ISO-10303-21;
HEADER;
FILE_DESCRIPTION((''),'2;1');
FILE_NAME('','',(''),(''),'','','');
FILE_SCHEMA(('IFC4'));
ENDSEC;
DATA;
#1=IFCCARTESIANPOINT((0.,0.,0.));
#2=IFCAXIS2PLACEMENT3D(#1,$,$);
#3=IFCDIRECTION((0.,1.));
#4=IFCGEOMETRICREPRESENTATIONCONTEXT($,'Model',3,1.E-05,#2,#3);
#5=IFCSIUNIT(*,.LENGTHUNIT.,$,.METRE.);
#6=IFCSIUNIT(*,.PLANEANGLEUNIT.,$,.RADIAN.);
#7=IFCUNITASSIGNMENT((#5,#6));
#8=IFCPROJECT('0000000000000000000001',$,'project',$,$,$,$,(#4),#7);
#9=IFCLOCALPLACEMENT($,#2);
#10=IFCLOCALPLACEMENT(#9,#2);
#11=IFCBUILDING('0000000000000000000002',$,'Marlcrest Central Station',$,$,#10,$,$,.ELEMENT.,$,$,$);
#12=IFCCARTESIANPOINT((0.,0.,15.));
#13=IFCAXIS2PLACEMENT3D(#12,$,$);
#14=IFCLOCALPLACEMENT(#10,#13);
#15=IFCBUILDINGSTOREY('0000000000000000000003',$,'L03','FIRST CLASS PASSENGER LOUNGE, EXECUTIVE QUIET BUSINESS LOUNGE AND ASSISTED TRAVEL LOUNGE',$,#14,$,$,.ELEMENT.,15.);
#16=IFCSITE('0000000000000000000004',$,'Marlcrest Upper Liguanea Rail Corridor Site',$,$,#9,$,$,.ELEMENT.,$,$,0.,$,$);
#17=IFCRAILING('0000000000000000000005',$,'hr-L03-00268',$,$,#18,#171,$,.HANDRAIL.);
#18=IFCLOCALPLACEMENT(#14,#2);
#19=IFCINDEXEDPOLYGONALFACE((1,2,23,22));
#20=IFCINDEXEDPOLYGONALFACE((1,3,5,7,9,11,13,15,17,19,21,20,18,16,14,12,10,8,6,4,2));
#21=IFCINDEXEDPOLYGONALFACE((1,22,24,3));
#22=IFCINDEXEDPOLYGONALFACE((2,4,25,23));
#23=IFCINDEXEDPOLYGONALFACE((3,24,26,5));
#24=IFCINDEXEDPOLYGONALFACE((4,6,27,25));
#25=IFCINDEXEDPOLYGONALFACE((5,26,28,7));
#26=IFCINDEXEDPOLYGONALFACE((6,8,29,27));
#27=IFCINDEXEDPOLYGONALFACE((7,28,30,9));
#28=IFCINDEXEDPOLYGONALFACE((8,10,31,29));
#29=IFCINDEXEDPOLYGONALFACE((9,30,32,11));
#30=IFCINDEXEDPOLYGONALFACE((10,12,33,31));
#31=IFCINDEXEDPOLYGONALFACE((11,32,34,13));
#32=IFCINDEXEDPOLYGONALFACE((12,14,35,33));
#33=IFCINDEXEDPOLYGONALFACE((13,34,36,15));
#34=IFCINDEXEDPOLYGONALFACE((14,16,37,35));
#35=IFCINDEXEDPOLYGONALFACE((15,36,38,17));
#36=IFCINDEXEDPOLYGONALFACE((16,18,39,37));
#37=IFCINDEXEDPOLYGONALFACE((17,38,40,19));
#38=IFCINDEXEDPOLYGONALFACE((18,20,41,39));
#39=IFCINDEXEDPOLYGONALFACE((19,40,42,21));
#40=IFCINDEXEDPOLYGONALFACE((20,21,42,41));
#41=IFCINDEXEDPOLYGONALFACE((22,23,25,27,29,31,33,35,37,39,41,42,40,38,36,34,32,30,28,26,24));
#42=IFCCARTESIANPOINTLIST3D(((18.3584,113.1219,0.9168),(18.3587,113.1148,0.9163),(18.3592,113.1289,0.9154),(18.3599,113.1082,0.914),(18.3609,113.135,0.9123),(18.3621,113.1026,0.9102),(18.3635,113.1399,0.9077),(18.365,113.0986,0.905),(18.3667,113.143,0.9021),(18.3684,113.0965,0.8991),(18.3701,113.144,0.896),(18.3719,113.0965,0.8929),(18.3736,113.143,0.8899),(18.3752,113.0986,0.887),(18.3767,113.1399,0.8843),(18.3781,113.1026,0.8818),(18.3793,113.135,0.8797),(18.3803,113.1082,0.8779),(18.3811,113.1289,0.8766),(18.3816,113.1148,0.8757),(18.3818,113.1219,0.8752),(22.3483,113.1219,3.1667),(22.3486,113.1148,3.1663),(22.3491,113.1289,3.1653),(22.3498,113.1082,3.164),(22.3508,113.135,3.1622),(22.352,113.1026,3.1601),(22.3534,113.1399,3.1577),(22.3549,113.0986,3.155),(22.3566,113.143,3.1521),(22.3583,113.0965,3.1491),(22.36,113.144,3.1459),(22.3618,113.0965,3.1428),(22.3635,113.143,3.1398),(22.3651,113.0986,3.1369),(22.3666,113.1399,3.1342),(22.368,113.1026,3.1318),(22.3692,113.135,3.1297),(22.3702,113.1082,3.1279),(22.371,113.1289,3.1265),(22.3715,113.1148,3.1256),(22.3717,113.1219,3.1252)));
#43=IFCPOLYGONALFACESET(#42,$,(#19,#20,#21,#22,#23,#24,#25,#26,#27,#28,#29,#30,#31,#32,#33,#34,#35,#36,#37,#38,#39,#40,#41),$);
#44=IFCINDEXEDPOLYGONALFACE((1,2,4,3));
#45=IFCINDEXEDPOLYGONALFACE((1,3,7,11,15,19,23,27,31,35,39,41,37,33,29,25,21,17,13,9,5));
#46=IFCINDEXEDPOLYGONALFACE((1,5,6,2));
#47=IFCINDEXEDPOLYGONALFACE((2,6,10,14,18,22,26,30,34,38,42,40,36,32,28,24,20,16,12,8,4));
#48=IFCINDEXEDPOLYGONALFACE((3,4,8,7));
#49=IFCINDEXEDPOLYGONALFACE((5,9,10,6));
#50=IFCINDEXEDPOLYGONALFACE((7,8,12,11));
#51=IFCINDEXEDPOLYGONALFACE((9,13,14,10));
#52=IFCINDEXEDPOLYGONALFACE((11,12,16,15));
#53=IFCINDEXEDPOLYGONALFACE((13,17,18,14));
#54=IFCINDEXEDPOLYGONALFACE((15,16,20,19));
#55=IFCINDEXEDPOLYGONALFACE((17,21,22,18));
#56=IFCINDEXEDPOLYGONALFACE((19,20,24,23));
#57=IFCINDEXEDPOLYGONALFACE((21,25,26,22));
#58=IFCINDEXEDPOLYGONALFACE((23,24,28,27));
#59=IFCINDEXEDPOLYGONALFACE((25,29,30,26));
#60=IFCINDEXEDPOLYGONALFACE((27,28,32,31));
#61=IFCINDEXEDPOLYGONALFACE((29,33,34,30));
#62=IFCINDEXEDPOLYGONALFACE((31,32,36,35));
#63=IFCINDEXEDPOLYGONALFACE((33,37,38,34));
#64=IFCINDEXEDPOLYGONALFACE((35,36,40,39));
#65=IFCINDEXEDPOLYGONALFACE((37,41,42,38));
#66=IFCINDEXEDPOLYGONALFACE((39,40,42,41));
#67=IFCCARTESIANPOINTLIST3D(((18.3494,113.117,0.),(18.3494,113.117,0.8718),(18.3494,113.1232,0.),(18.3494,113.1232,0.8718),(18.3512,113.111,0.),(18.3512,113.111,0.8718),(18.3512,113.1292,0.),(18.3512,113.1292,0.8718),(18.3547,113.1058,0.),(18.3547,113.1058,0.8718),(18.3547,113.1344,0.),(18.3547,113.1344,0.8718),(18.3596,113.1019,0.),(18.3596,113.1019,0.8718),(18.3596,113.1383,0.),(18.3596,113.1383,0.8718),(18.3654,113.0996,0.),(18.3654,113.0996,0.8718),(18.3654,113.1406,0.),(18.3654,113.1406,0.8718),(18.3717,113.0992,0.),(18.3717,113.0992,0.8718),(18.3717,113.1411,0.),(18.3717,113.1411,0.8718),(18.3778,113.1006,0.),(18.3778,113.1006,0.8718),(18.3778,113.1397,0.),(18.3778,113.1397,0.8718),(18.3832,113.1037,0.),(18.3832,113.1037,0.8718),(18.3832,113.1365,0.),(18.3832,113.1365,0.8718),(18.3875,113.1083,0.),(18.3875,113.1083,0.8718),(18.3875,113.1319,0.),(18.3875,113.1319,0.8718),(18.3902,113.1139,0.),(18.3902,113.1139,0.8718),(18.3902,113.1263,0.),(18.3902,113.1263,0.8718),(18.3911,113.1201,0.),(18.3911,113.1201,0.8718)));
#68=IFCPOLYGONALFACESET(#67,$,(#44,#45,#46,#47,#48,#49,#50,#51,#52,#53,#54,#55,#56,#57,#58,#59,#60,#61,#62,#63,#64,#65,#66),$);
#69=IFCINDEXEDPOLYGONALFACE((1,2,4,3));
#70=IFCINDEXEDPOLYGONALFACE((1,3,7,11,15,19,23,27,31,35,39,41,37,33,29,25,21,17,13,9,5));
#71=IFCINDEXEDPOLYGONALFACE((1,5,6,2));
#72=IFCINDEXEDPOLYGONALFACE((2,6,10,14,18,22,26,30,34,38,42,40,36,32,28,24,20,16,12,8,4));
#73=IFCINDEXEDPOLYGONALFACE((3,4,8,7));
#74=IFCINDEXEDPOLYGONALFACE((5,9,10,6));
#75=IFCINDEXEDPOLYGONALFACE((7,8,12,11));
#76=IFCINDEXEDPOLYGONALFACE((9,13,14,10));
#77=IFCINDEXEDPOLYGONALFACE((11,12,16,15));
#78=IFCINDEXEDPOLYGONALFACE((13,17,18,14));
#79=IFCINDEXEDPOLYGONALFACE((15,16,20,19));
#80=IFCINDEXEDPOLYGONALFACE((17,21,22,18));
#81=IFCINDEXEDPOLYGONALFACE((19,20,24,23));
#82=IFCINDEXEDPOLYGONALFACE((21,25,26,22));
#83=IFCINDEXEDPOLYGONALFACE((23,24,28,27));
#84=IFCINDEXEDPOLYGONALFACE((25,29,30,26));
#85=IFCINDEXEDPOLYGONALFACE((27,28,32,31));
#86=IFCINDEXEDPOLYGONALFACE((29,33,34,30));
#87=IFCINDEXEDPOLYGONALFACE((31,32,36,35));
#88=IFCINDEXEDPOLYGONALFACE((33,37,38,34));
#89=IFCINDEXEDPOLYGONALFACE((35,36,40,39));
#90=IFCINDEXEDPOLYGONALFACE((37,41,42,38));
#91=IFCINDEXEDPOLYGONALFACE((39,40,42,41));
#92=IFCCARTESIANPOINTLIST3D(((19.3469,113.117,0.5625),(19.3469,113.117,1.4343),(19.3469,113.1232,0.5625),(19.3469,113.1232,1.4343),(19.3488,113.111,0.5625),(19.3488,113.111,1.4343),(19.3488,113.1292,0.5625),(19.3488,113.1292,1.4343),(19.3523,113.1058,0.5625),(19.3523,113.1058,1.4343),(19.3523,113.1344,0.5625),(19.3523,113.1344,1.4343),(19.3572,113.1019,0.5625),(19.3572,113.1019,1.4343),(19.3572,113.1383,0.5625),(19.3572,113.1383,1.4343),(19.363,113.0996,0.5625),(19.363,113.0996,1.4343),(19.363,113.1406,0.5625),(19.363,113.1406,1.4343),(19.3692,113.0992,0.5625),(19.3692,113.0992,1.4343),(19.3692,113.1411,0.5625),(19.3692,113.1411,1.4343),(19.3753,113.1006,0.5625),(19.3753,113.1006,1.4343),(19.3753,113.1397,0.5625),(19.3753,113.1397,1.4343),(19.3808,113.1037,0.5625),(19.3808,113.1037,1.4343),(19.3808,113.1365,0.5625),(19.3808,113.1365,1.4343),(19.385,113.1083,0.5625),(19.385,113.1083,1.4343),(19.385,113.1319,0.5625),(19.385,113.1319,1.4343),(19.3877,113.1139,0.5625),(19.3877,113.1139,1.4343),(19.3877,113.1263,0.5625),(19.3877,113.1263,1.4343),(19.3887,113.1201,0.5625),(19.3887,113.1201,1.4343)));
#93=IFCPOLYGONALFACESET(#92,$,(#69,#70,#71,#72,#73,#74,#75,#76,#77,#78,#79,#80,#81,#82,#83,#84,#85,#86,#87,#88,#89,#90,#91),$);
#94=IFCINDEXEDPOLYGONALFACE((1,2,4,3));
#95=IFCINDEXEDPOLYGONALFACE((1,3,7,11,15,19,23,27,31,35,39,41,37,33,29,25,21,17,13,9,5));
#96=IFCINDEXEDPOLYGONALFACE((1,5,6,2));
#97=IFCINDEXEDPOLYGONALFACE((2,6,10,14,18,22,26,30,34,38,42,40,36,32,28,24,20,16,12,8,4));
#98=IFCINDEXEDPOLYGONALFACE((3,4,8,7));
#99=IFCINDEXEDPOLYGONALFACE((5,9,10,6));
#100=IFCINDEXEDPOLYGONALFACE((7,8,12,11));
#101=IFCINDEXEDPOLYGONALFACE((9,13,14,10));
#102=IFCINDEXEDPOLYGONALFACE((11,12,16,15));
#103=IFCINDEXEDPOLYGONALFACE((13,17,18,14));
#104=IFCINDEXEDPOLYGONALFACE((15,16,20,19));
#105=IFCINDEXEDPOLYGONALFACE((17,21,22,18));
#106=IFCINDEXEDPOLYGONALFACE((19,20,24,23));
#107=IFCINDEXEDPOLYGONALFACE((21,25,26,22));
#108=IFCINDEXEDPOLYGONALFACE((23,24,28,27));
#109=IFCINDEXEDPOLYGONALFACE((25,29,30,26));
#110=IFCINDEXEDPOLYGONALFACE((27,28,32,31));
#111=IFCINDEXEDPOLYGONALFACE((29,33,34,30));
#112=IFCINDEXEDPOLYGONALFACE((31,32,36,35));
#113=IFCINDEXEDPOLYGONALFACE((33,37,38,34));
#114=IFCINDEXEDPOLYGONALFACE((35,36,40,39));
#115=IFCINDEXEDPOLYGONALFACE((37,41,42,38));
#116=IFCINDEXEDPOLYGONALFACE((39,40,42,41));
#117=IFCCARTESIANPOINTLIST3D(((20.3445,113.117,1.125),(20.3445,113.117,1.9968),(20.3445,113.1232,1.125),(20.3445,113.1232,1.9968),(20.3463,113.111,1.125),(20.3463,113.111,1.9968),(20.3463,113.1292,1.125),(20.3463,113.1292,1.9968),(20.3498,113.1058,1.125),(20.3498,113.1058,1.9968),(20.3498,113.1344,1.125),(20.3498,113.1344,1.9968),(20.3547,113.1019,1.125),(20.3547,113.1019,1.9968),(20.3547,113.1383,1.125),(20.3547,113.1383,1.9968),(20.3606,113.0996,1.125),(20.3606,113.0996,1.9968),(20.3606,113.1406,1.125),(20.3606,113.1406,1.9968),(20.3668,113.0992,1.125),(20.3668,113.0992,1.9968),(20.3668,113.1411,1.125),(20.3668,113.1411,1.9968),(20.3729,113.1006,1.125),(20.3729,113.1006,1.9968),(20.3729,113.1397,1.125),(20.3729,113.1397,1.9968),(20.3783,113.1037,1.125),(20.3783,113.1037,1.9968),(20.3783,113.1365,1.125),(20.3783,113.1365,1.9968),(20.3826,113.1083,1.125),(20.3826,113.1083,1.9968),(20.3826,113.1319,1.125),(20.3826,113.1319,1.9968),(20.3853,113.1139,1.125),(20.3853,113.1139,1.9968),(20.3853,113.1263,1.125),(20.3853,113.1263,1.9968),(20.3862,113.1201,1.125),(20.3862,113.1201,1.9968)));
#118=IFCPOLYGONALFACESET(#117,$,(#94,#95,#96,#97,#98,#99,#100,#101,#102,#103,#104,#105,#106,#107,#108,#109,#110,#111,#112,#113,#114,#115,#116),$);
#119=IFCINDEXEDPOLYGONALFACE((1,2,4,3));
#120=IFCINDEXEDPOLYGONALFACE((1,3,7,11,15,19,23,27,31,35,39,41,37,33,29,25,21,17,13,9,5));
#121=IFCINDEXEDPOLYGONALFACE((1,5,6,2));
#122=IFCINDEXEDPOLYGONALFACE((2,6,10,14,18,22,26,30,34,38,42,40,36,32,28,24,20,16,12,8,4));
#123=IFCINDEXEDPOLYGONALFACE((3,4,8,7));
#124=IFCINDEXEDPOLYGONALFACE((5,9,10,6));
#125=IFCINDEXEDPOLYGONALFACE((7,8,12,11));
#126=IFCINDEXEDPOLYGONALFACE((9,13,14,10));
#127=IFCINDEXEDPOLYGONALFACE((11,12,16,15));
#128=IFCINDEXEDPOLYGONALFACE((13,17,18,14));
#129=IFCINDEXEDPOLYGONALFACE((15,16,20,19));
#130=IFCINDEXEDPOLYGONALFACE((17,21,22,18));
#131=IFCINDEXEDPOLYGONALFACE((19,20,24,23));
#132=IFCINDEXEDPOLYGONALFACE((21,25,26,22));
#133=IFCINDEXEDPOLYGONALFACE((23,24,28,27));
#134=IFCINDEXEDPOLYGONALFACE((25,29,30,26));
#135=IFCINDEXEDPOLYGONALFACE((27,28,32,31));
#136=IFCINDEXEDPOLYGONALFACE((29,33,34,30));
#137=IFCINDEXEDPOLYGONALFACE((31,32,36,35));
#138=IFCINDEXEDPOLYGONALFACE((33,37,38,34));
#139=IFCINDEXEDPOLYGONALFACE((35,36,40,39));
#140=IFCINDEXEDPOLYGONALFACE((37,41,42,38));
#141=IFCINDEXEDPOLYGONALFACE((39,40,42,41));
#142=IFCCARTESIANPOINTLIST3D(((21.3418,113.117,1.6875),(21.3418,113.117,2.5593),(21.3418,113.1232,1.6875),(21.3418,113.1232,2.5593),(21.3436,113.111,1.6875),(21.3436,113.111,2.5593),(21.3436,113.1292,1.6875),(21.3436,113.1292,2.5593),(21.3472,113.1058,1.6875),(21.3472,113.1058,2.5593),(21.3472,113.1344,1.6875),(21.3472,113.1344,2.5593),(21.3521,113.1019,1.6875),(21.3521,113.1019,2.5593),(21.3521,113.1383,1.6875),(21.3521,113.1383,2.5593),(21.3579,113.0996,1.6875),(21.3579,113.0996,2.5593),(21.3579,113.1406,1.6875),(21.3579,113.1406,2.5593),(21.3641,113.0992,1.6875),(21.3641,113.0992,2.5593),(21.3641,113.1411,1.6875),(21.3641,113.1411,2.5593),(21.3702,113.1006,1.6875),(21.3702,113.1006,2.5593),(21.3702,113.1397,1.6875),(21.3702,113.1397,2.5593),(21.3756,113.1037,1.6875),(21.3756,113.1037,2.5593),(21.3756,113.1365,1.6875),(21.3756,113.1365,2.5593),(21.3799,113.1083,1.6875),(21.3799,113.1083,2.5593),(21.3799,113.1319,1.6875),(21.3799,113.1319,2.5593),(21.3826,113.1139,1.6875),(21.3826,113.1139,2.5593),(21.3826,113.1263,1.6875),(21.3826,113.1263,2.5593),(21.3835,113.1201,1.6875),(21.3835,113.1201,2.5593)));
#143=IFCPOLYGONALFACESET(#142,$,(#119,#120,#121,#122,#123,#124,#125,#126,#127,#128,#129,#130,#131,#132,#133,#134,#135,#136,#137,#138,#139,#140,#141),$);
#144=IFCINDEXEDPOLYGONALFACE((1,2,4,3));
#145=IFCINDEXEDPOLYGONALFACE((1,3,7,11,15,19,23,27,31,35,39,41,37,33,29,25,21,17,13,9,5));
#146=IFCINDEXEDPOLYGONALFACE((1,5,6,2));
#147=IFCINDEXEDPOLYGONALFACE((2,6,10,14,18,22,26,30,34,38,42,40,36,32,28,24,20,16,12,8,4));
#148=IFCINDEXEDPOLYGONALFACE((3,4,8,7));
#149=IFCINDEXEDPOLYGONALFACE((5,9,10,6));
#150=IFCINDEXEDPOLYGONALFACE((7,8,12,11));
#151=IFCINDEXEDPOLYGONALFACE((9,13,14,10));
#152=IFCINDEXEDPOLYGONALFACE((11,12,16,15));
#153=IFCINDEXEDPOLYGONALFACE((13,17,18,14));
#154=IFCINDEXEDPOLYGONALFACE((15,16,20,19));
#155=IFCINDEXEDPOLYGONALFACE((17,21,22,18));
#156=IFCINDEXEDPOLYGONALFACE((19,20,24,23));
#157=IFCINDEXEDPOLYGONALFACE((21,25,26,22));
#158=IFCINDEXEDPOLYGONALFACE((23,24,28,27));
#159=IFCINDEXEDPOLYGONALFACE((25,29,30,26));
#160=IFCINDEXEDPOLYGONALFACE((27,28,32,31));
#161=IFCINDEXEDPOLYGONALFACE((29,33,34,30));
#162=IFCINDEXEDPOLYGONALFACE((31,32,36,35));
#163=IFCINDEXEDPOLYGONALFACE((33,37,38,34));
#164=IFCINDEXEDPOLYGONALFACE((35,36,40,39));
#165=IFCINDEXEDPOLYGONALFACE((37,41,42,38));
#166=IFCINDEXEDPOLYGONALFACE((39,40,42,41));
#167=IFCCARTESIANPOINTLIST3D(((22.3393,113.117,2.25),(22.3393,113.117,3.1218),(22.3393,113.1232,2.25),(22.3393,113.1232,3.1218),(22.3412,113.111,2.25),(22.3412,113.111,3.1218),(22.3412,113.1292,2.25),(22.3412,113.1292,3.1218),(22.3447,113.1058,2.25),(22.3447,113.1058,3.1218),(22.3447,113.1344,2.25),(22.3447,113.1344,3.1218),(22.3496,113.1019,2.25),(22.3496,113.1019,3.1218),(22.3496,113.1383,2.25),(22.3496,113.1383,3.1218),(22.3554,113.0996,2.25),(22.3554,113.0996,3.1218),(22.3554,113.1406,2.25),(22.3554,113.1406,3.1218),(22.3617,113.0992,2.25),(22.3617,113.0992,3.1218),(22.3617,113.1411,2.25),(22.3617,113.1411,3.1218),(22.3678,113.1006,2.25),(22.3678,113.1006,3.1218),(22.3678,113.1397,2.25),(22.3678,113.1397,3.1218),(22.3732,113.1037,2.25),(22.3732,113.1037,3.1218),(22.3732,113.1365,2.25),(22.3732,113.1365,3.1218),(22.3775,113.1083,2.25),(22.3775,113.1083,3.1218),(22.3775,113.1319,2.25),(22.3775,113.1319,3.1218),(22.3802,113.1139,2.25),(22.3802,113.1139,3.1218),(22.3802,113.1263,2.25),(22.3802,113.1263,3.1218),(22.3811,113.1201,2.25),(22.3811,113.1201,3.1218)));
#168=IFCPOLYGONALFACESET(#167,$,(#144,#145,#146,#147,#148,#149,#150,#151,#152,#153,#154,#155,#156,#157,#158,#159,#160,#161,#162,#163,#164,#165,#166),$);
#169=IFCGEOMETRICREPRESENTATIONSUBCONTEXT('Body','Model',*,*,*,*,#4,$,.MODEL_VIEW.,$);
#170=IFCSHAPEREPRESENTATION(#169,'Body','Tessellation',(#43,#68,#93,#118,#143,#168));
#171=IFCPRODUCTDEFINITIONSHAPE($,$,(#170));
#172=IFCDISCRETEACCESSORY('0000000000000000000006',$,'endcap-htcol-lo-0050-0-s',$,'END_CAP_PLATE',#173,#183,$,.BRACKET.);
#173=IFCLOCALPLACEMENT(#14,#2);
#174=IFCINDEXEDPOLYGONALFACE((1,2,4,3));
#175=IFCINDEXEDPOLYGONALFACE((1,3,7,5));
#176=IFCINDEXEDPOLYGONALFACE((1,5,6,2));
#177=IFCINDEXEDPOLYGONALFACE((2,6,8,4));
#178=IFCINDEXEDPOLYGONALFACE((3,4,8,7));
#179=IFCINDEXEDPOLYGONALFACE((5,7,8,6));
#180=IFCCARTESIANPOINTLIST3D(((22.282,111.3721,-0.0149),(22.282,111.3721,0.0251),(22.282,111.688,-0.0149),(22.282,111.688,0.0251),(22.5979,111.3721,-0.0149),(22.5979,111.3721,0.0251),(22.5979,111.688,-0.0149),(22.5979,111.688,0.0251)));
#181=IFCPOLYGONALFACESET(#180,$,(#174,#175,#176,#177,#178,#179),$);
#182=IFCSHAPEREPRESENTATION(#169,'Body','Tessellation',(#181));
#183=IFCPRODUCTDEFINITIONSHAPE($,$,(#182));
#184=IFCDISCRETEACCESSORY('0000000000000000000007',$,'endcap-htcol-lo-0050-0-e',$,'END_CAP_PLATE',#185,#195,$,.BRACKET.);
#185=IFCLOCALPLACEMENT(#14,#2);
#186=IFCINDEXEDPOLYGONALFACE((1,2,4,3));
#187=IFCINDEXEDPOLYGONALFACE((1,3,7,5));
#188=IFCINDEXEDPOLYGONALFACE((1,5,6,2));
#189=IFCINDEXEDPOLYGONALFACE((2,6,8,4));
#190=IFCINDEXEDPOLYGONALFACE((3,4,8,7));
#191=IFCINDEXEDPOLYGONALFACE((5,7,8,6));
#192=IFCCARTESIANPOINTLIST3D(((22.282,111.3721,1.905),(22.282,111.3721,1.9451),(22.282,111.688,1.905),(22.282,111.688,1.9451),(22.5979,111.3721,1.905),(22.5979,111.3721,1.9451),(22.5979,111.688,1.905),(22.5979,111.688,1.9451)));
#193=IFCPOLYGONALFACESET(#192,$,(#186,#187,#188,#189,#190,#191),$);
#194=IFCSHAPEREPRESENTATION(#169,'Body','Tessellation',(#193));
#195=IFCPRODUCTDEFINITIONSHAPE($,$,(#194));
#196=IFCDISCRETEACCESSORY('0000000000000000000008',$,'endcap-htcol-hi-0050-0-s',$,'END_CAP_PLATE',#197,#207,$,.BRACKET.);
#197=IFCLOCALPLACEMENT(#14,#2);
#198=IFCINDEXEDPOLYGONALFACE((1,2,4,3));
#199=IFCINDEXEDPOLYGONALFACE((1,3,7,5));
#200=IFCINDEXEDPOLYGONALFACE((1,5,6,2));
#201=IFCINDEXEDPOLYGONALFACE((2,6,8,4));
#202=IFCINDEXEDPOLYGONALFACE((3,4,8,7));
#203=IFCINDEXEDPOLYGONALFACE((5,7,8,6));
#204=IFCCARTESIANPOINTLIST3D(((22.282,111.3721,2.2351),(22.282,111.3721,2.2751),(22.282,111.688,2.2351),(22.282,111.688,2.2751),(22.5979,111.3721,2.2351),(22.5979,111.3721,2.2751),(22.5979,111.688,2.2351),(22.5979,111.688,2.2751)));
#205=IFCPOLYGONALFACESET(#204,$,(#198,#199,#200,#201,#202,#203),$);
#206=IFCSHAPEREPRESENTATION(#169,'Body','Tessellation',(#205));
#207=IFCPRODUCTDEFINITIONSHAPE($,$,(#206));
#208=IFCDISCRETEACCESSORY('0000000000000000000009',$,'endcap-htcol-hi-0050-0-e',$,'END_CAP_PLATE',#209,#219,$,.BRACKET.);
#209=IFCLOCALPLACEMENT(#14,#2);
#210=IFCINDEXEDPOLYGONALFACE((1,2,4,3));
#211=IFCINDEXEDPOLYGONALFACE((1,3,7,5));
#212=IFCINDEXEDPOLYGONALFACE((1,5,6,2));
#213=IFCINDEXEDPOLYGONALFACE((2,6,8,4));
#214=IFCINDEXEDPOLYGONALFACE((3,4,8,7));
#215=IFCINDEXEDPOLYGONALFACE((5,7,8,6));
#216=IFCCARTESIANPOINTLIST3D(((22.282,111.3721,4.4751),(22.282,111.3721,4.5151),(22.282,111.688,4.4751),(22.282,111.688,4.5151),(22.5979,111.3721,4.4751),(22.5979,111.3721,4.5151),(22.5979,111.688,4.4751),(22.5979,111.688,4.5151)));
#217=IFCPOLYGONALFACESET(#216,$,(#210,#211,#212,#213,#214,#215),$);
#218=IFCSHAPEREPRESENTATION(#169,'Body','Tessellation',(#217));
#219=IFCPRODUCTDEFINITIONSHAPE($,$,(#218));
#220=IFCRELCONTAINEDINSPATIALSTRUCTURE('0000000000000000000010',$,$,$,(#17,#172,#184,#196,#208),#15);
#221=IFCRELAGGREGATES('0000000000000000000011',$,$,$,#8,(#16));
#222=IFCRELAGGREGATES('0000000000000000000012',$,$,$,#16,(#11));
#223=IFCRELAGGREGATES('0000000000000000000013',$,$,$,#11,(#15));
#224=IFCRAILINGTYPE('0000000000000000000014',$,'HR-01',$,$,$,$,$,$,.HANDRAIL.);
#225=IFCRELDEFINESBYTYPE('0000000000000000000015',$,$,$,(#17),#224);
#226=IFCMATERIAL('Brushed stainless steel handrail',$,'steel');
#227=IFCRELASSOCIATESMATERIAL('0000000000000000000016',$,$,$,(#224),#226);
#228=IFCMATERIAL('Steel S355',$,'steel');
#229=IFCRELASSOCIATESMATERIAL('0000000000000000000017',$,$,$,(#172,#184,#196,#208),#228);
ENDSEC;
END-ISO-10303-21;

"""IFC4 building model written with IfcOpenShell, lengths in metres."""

from ifc_helpers import new_model, si_unit, direction, frame, origin, origin_2d, place, context, subcontext, project, spatial, rectangle, circle, extrude, material, type_object, element, save


model = new_model("IFC4")

# Units and contexts
model_context = context("Model", 3, precision=1e-05, world=origin(), true_north=direction((0.0, 1.0)))
body_context = subcontext(model_context, "Body", "Model", "MODEL_VIEW")
ifc_project = project(units=[si_unit("LENGTHUNIT", "METRE"), si_unit("PLANEANGLEUNIT", "RADIAN")], contexts=[model_context])

# Site, building, storey
site_placement = place(None, origin())
site = spatial("IfcSite", under=ifc_project, at=site_placement, Name="Marlcrest Upper Liguanea Rail Corridor Site", CompositionType="ELEMENT", RefElevation=0.0)
building_placement = place(site_placement, origin())
building = spatial("IfcBuilding", under=site, at=building_placement, Name="Marlcrest Central Station", CompositionType="ELEMENT")
storey_placement = place(building_placement, frame((0.0, 0.0, 15.0)))
storey = spatial("IfcBuildingStorey", under=building, at=storey_placement, Name="L03", Description="FIRST CLASS PASSENGER LOUNGE, EXECUTIVE QUIET BUSINESS LOUNGE AND ASSISTED TRAVEL LOUNGE", CompositionType="ELEMENT", Elevation=15.0)

# Shared definitions
ifc_material_1 = material(Name="Steel S355", Category="steel")

# Railing
ifc_material_2 = material(Name="Brushed stainless steel handrail", Category="steel")
railing_type_1 = type_object("IfcRailingType", Name="HR-01", PredefinedType="HANDRAIL", material=ifc_material_2)
railing_1_placement = place(storey_placement, frame((18.3701, 113.1201, 0.0)))
element("IfcRailing", 1, at=railing_1_placement, inside=storey, type_object=railing_type_1, Name="hr-L03-00268", PredefinedType="HANDRAIL", context=body_context, shape_type="SweptSolid", body=[
    extrude(circle(Radius=0.0239, at=origin_2d()), frame((0.0, 0.0, 0.896), z_axis=(0.87105, 0.0, 0.491195), x_axis=(0.0, 1.0, 0.0)), (0.0, 0.0, 1.0), 4.5806),
    extrude(circle(Radius=0.021, at=origin_2d()), origin(), (0.0, 0.0, 1.0), 0.8718),
    extrude(circle(Radius=0.021, at=origin_2d()), frame((0.9976, 0.0, 0.5625)), (0.0, 0.0, 1.0), 0.8718),
    extrude(circle(Radius=0.021, at=origin_2d()), frame((1.9951, 0.0, 1.125)), (0.0, 0.0, 1.0), 0.8718),
    extrude(circle(Radius=0.021, at=origin_2d()), frame((2.9924, 0.0, 1.6875)), (0.0, 0.0, 1.0), 0.8718),
    extrude(circle(Radius=0.021, at=origin_2d()), frame((3.99, 0.0, 2.25)), (0.0, 0.0, 1.0), 0.8718),
])

# Discrete accessories
for number, where, z_axis, x_axis, name in (
    (2, (22.4399, 111.53, -0.0149), (0.0, 0.0, 1.0), (1.0, 0.0, 0.0), "endcap-htcol-lo-0050-0-s"),
    (3, (22.4399, 111.53, 1.905), (0.0, 0.0, 1.0), (1.0, 0.0, 0.0), "endcap-htcol-lo-0050-0-e"),
    (4, (22.4399, 111.53, 2.2351), (0.0, 0.0, 1.0), (1.0, 0.0, 0.0), "endcap-htcol-hi-0050-0-s"),
    (5, (22.4399, 111.53, 4.4751), (0.0, 0.0, 1.0), (1.0, 0.0, 0.0), "endcap-htcol-hi-0050-0-e"),
):
    element("IfcDiscreteAccessory", number, at=place(storey_placement, frame(where, z_axis=z_axis, x_axis=x_axis)), inside=storey, material=ifc_material_1, Name=name, ObjectType="END_CAP_PLATE", PredefinedType="BRACKET", context=body_context, shape_type="SweptSolid", body=[
        extrude(rectangle(XDim=0.3159, YDim=0.3159, at=origin_2d()), origin(), (0.0, 0.0, 1.0), 0.04),
    ])

save(model, "model.ifc")
